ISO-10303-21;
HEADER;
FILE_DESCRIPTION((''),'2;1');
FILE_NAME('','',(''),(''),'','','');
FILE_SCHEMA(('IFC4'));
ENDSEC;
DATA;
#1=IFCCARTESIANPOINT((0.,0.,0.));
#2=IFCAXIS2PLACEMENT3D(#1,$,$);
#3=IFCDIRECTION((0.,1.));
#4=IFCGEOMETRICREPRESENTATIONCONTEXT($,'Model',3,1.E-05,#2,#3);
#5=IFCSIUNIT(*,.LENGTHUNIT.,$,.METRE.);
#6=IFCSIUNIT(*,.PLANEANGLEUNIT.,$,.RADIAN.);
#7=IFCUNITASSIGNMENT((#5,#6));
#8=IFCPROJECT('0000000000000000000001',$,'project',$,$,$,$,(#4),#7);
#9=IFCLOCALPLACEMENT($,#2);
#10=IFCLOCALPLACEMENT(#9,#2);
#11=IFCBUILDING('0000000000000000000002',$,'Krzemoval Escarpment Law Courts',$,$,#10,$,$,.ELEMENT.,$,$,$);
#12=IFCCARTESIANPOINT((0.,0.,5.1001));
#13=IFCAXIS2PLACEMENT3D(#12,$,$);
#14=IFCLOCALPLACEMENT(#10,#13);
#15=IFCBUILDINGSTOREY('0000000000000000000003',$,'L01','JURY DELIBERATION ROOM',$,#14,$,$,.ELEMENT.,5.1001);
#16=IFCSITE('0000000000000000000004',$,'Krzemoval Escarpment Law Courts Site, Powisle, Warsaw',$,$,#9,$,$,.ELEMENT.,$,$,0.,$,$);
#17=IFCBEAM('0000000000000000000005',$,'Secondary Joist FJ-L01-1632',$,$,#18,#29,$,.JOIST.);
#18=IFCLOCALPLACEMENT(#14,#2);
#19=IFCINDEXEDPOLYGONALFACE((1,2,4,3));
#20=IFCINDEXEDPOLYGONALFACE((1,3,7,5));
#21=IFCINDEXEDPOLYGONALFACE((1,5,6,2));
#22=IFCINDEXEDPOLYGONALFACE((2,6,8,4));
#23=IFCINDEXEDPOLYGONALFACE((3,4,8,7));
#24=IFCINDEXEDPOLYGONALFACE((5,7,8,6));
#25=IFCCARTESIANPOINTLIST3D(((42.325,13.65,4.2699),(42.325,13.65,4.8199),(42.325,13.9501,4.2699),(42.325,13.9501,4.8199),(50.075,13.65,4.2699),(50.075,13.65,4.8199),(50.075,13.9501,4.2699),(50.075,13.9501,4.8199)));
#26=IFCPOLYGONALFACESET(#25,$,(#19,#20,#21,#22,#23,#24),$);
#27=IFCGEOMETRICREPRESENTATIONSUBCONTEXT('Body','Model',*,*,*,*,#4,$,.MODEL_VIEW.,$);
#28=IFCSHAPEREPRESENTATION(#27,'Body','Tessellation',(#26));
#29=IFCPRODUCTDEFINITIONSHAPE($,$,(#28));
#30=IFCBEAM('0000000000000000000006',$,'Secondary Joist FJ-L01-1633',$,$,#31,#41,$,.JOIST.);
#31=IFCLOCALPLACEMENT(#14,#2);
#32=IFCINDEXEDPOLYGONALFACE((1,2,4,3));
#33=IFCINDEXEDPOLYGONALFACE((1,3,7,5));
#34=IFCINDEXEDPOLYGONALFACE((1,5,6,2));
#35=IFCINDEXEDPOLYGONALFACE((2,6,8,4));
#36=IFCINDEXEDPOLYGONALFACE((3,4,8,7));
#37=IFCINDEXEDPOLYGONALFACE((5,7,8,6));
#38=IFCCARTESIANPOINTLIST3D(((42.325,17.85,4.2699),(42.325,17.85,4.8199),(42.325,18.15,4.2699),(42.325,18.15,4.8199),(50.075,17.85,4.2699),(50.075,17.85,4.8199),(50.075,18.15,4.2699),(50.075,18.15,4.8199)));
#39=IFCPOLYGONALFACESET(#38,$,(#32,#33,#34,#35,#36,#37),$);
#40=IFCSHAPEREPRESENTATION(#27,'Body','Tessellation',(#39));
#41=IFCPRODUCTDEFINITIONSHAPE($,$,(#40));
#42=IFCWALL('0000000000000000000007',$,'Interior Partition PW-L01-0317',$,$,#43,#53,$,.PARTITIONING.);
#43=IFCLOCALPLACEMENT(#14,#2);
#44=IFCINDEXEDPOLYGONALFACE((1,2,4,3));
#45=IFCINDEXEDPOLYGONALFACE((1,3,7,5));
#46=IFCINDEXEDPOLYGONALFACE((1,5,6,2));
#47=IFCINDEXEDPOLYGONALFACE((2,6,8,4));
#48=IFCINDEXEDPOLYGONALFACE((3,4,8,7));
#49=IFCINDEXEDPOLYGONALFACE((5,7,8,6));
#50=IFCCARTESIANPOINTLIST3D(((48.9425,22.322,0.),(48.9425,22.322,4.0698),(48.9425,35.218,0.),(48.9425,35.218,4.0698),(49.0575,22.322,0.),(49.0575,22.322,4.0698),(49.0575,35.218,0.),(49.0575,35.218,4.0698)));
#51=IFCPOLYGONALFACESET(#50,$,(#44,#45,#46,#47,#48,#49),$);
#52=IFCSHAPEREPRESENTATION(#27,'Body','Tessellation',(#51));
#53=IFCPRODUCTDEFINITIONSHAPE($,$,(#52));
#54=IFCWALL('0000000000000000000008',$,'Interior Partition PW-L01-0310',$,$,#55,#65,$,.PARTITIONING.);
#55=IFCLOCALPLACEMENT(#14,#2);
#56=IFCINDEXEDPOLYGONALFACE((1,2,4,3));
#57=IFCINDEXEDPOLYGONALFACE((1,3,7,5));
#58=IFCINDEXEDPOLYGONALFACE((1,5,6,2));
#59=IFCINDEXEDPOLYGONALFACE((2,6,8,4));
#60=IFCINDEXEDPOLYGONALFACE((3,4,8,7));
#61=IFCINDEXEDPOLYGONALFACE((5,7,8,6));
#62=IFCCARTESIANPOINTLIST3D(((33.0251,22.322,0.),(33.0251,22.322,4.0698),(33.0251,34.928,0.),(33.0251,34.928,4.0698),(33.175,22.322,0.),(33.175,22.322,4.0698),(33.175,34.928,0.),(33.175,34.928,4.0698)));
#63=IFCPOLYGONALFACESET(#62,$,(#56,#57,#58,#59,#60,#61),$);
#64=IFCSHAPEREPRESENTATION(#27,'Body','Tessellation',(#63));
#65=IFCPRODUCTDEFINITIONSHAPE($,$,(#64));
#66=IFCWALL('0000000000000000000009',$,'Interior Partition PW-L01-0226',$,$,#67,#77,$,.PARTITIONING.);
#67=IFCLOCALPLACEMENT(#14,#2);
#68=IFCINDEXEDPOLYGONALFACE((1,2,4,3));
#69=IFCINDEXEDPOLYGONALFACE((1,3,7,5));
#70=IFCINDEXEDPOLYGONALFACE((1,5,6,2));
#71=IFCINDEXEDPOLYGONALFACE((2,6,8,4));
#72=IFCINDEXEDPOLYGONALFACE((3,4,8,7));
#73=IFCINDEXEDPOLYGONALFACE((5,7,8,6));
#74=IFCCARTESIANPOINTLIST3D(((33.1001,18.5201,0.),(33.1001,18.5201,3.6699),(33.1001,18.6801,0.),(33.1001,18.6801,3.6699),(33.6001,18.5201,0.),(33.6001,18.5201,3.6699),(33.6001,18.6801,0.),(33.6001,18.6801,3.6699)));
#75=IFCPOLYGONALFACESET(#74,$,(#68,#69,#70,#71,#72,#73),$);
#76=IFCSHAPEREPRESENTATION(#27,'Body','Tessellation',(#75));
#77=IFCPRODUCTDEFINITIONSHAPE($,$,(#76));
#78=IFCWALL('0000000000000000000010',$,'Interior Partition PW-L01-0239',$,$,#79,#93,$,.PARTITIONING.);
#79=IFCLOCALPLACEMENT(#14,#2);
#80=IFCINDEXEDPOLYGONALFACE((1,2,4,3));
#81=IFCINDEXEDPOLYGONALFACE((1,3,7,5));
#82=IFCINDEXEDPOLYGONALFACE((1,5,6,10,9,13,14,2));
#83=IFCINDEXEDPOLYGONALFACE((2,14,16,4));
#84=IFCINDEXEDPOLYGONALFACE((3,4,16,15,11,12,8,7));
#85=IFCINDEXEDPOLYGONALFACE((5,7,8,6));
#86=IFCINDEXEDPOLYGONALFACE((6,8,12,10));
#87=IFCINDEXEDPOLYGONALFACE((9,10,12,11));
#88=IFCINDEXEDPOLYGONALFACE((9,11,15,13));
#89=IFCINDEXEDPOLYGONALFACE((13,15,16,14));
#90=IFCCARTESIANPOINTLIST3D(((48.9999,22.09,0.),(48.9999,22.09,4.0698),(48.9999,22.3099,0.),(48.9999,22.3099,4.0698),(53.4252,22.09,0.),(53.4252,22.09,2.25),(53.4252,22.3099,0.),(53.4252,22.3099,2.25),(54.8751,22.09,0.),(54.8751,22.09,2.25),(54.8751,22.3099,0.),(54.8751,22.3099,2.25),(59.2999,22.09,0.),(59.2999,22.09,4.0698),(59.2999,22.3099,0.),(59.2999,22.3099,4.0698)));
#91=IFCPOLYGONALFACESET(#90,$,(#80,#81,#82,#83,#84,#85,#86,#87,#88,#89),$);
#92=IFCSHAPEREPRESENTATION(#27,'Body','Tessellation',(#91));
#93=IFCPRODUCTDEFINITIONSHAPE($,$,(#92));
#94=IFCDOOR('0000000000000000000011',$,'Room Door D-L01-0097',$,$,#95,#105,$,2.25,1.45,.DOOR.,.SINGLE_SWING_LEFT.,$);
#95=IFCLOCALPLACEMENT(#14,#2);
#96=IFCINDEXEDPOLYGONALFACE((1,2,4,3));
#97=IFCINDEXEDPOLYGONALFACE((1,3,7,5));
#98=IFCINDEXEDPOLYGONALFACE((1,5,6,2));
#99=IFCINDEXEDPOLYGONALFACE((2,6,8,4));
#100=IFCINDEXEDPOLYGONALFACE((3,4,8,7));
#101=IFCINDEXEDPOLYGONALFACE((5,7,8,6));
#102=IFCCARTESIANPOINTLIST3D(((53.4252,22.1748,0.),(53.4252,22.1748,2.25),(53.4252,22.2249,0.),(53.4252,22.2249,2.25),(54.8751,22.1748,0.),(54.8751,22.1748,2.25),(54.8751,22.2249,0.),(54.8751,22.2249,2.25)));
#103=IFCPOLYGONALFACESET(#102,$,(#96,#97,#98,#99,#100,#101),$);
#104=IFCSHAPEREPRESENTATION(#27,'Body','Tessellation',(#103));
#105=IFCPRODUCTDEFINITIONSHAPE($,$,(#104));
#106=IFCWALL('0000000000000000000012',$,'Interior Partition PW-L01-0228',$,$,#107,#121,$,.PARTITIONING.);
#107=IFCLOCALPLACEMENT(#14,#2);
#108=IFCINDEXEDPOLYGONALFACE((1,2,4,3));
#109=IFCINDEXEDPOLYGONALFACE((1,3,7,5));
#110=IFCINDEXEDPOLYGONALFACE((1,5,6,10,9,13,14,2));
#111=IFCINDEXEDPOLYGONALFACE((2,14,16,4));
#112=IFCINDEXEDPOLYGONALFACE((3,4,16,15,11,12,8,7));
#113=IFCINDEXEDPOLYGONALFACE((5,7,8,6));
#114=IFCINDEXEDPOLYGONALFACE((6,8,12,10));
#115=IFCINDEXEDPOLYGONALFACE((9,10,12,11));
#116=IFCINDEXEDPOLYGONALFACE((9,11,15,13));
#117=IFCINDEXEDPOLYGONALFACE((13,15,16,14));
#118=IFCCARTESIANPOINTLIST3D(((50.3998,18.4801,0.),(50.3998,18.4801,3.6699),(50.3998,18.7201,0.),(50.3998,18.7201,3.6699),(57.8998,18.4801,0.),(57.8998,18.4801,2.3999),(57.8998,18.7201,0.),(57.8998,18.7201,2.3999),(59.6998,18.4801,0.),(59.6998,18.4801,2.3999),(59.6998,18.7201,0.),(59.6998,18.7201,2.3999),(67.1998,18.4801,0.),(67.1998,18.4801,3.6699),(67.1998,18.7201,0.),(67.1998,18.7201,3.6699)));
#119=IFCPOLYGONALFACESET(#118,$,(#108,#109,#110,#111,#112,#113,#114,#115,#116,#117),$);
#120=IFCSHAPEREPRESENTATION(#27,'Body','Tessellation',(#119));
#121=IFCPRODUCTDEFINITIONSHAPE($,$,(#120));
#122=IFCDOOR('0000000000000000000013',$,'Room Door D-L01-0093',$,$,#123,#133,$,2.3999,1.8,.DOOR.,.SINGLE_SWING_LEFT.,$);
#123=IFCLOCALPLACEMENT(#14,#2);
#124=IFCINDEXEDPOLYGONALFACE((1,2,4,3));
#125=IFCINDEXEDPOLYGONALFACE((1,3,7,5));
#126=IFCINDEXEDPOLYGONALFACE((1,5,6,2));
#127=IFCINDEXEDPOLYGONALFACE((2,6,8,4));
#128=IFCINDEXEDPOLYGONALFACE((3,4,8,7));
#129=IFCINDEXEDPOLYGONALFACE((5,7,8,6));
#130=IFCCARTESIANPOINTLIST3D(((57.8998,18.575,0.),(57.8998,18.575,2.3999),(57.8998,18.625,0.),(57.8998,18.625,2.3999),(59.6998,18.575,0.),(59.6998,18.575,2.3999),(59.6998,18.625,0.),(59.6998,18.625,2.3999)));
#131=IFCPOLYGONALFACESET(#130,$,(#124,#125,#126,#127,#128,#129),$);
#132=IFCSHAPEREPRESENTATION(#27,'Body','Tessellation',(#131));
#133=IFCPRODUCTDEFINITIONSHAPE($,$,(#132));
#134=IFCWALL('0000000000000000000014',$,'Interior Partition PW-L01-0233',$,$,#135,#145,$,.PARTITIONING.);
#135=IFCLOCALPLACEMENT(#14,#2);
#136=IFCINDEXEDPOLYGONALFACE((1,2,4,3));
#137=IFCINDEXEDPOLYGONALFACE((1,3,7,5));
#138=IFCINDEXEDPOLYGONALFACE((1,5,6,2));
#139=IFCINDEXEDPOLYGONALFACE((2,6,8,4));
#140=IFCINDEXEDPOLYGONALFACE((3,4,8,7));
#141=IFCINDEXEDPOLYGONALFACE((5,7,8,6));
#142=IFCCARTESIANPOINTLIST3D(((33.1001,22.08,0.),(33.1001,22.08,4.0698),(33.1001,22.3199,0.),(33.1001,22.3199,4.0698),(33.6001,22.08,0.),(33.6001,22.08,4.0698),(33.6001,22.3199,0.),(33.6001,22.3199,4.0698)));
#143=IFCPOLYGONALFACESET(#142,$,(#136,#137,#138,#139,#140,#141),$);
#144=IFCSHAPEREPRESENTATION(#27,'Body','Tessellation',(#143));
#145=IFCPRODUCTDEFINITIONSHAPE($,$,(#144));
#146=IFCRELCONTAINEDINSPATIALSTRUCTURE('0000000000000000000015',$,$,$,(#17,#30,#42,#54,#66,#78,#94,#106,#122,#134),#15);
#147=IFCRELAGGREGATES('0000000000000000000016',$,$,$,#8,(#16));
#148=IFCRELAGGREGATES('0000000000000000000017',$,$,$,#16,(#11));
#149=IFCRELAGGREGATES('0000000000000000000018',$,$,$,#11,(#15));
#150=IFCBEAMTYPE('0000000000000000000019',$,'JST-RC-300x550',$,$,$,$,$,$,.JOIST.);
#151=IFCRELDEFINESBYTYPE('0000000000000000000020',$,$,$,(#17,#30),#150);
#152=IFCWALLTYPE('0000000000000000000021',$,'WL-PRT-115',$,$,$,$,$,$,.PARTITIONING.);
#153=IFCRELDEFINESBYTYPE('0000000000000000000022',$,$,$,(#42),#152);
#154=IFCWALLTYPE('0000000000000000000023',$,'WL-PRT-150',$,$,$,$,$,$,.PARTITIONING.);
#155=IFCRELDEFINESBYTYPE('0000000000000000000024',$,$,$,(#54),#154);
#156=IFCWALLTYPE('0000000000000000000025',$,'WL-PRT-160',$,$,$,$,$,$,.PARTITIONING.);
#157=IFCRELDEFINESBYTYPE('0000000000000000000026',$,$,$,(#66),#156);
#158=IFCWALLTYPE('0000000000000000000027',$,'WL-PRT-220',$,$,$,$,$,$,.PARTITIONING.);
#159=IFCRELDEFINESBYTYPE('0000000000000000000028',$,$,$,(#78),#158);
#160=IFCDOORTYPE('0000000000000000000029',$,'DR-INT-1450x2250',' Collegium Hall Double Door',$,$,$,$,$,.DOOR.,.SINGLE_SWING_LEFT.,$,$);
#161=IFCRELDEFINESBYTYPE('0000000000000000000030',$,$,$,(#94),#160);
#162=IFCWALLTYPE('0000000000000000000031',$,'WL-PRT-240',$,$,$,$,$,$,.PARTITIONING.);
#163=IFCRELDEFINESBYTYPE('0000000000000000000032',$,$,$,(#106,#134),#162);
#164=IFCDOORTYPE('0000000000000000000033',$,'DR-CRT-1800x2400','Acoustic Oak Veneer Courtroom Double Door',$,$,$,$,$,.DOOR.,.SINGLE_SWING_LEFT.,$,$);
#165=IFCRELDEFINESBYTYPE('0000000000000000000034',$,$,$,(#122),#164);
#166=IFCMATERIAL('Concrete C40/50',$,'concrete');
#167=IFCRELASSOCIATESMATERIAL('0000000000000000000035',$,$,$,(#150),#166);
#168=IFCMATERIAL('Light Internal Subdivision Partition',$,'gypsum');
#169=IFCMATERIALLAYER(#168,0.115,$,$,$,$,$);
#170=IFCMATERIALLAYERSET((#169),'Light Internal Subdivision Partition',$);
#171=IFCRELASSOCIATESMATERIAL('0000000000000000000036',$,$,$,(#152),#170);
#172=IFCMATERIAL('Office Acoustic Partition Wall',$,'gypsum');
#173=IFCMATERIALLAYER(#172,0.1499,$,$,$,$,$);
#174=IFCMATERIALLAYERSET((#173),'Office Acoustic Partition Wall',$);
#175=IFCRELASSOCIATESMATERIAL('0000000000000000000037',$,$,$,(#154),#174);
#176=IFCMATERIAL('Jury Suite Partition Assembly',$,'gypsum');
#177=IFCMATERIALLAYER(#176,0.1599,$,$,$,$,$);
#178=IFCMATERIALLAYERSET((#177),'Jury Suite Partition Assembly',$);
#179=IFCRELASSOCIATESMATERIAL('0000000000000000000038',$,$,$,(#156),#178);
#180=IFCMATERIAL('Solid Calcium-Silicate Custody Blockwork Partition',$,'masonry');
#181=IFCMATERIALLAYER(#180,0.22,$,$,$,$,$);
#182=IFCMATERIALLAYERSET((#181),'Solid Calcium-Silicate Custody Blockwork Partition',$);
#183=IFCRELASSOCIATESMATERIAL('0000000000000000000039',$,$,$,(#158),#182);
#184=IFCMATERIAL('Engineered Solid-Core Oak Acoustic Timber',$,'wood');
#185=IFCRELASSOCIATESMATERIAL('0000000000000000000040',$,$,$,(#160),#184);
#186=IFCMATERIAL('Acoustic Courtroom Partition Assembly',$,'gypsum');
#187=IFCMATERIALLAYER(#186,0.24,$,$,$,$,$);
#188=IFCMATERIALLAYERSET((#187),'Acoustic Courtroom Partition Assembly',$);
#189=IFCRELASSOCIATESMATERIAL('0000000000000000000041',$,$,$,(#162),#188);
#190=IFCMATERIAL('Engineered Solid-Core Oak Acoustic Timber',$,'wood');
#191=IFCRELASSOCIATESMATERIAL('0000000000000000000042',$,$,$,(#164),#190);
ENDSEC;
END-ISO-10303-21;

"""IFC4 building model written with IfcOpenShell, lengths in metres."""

from ifc_helpers import new_model, si_unit, direction, frame, frame_2d, origin, origin_2d, place, context, subcontext, project, spatial, rectangle, extrude, material, layer, layer_set, material_profile, profile_set, type_object, element, fill, save


model = new_model("IFC4")

# Units and contexts
model_context = context("Model", 3, precision=1e-05, world=origin(), true_north=direction((0.0, 1.0)))
body_context = subcontext(model_context, "Body", "Model", "MODEL_VIEW")
ifc_project = project(units=[si_unit("LENGTHUNIT", "METRE"), si_unit("PLANEANGLEUNIT", "RADIAN")], contexts=[model_context])

# Site, building, storey
site_placement = place(None, origin())
site = spatial("IfcSite", under=ifc_project, at=site_placement, Name="Krzemoval Escarpment Law Courts Site, Powisle, Warsaw", CompositionType="ELEMENT", RefElevation=0.0)
building_placement = place(site_placement, origin())
building = spatial("IfcBuilding", under=site, at=building_placement, Name="Krzemoval Escarpment Law Courts", CompositionType="ELEMENT")
storey_placement = place(building_placement, frame((0.0, 0.0, 5.1001)))
storey = spatial("IfcBuildingStorey", under=building, at=storey_placement, Name="L01", Description="JURY DELIBERATION ROOM", CompositionType="ELEMENT", Elevation=5.1001)

# Beams
ifc_material_1 = material(Name="Concrete C40/50", Category="concrete")
ifc_material_profile_1 = material_profile(ifc_material_1, rectangle(XDim=0.3, YDim=0.55, at=origin_2d()), Name="RCB 300x550")
ifc_profile_set_1 = profile_set([ifc_material_profile_1], Name="Concrete C40/50")
beam_type_1 = type_object("IfcBeamType", Name="JST-RC-300x550", PredefinedType="JOIST", material=ifc_profile_set_1)
for number, where, z_axis, x_axis, name in (
    (1, (42.325, 13.8, 4.5449), (1.0, 0.0, 0.0), (0.0, 1.0, 0.0), "Secondary Joist FJ-L01-1632"),
    (2, (42.325, 18.0, 4.5449), (1.0, 0.0, 0.0), (0.0, 1.0, 0.0), "Secondary Joist FJ-L01-1633"),
):
    element("IfcBeam", number, at=place(storey_placement, frame(where, z_axis=z_axis, x_axis=x_axis)), inside=storey, type_object=beam_type_1, Name=name, PredefinedType="JOIST", context=body_context, shape_type="SweptSolid", body=[
        extrude(rectangle(XDim=0.3, YDim=0.55, at=origin_2d()), origin(), (0.0, 0.0, 1.0), 7.75),
    ])

# Walls
ifc_material_2 = material(Name="Light Internal Subdivision Partition", Category="gypsum")
ifc_layer_1 = layer(ifc_material_2, 0.115)
ifc_layer_set_1 = layer_set([ifc_layer_1], Name="Light Internal Subdivision Partition")
wall_type_1 = type_object("IfcWallType", Name="WL-PRT-115", PredefinedType="PARTITIONING", material=ifc_layer_set_1)
wall_1_placement = place(storey_placement, frame((49.0, 22.322, 0.0), z_axis=(0.0, 0.0, 1.0), x_axis=(0.0, 1.0, 0.0)))
element("IfcWall", 3, at=wall_1_placement, inside=storey, type_object=wall_type_1, Name="Interior Partition PW-L01-0317", PredefinedType="PARTITIONING", context=body_context, shape_type="SweptSolid", body=[
    extrude(rectangle(XDim=12.896, YDim=0.115, at=frame_2d((6.448, 0.0))), origin(), (0.0, 0.0, 1.0), 4.0698),
])
ifc_material_3 = material(Name="Office Acoustic Partition Wall", Category="gypsum")
ifc_layer_2 = layer(ifc_material_3, 0.1499)
ifc_layer_set_2 = layer_set([ifc_layer_2], Name="Office Acoustic Partition Wall")
wall_type_2 = type_object("IfcWallType", Name="WL-PRT-150", PredefinedType="PARTITIONING", material=ifc_layer_set_2)
wall_2_placement = place(storey_placement, frame((33.1001, 22.322, 0.0), z_axis=(0.0, 0.0, 1.0), x_axis=(0.0, 1.0, 0.0)))
element("IfcWall", 4, at=wall_2_placement, inside=storey, type_object=wall_type_2, Name="Interior Partition PW-L01-0310", PredefinedType="PARTITIONING", context=body_context, shape_type="SweptSolid", body=[
    extrude(rectangle(XDim=12.606, YDim=0.1499, at=frame_2d((6.303, 0.0))), origin(), (0.0, 0.0, 1.0), 4.0698),
])
ifc_material_4 = material(Name="Jury Suite Partition Assembly", Category="gypsum")
ifc_layer_3 = layer(ifc_material_4, 0.1599)
ifc_layer_set_3 = layer_set([ifc_layer_3], Name="Jury Suite Partition Assembly")
wall_type_3 = type_object("IfcWallType", Name="WL-PRT-160", PredefinedType="PARTITIONING", material=ifc_layer_set_3)
wall_3_placement = place(storey_placement, frame((33.1001, 18.6001, 0.0), z_axis=(0.0, 0.0, 1.0), x_axis=(1.0, 0.0, 0.0)))
element("IfcWall", 5, at=wall_3_placement, inside=storey, type_object=wall_type_3, Name="Interior Partition PW-L01-0226", PredefinedType="PARTITIONING", context=body_context, shape_type="SweptSolid", body=[
    extrude(rectangle(XDim=0.5, YDim=0.1599, at=frame_2d((0.25, 0.0))), origin(), (0.0, 0.0, 1.0), 3.6699),
])

# Walls, openings, doors
ifc_material_5 = material(Name="Solid Calcium-Silicate Custody Blockwork Partition", Category="masonry")
ifc_layer_4 = layer(ifc_material_5, 0.22)
ifc_layer_set_4 = layer_set([ifc_layer_4], Name="Solid Calcium-Silicate Custody Blockwork Partition")
wall_type_4 = type_object("IfcWallType", Name="WL-PRT-220", PredefinedType="PARTITIONING", material=ifc_layer_set_4)
wall_4_placement = place(storey_placement, frame((49.0, 22.2, 0.0), z_axis=(0.0, 0.0, 1.0), x_axis=(1.0, 0.0, 0.0)))
wall_4 = element("IfcWall", 6, at=wall_4_placement, inside=storey, type_object=wall_type_4, Name="Interior Partition PW-L01-0239", PredefinedType="PARTITIONING", context=body_context, shape_type="SweptSolid", body=[
    extrude(rectangle(XDim=10.3, YDim=0.22, at=frame_2d((5.1499, 0.0))), origin(), (0.0, 0.0, 1.0), 4.0698),
])
opening_1_placement = place(wall_4_placement, frame((4.425, 0.0, 0.0)))
opening_1 = element("IfcOpeningElement", 7, at=opening_1_placement, cuts=wall_4, PredefinedType="OPENING", context=body_context, shape_type="SweptSolid", body=[
    extrude(rectangle(XDim=1.45, YDim=2.25, at=frame_2d((0.7251, 1.125))), frame((0.0, 0.125, 0.0), z_axis=(0.0, -1.0, 0.0), x_axis=(1.0, 0.0, 0.0)), (0.0, 0.0, 1.0), 0.25),
])
ifc_material_6 = material(Name="Engineered Solid-Core Oak Acoustic Timber", Category="wood")
door_type_1 = type_object("IfcDoorType", Name="DR-INT-1450x2250", Description=" Collegium Hall Double Door", OperationType="SINGLE_SWING_LEFT", PredefinedType="DOOR", material=ifc_material_6)
door_1_placement = place(opening_1_placement, origin())
door_1 = element("IfcDoor", 8, at=door_1_placement, inside=storey, type_object=door_type_1, Name="Room Door D-L01-0097", OperationType="SINGLE_SWING_LEFT", OverallHeight=2.25, OverallWidth=1.45, PredefinedType="DOOR", context=body_context, shape_type="SweptSolid", body=[
    extrude(rectangle(XDim=1.45, YDim=2.25, at=frame_2d((0.7251, 1.125))), frame((0.0, 0.0249, 0.0), z_axis=(0.0, -1.0, 0.0), x_axis=(1.0, 0.0, 0.0)), (0.0, 0.0, 1.0), 0.05),
])
fill(opening_1, door_1)
ifc_material_7 = material(Name="Acoustic Courtroom Partition Assembly", Category="gypsum")
ifc_layer_5 = layer(ifc_material_7, 0.24)
ifc_layer_set_5 = layer_set([ifc_layer_5], Name="Acoustic Courtroom Partition Assembly")
wall_type_5 = type_object("IfcWallType", Name="WL-PRT-240", PredefinedType="PARTITIONING", material=ifc_layer_set_5)
wall_5_placement = place(storey_placement, frame((50.3999, 18.6001, 0.0), z_axis=(0.0, 0.0, 1.0), x_axis=(1.0, 0.0, 0.0)))
wall_5 = element("IfcWall", 9, at=wall_5_placement, inside=storey, type_object=wall_type_5, Name="Interior Partition PW-L01-0228", PredefinedType="PARTITIONING", context=body_context, shape_type="SweptSolid", body=[
    extrude(rectangle(XDim=16.8, YDim=0.24, at=frame_2d((8.3999, 0.0))), origin(), (0.0, 0.0, 1.0), 3.6699),
])
opening_2_placement = place(wall_5_placement, frame((7.5, 0.0, 0.0)))
opening_2 = element("IfcOpeningElement", 10, at=opening_2_placement, cuts=wall_5, PredefinedType="OPENING", context=body_context, shape_type="SweptSolid", body=[
    extrude(rectangle(XDim=1.8, YDim=2.3999, at=frame_2d((0.8999, 1.2))), frame((0.0, 0.135, 0.0), z_axis=(0.0, -1.0, 0.0), x_axis=(1.0, 0.0, 0.0)), (0.0, 0.0, 1.0), 0.27),
])
ifc_material_8 = material(Name="Engineered Solid-Core Oak Acoustic Timber", Category="wood")
door_type_2 = type_object("IfcDoorType", Name="DR-CRT-1800x2400", Description="Acoustic Oak Veneer Courtroom Double Door", OperationType="SINGLE_SWING_LEFT", PredefinedType="DOOR", material=ifc_material_8)
door_2_placement = place(opening_2_placement, origin())
door_2 = element("IfcDoor", 11, at=door_2_placement, inside=storey, type_object=door_type_2, Name="Room Door D-L01-0093", OperationType="SINGLE_SWING_LEFT", OverallHeight=2.3999, OverallWidth=1.8, PredefinedType="DOOR", context=body_context, shape_type="SweptSolid", body=[
    extrude(rectangle(XDim=1.8, YDim=2.3999, at=frame_2d((0.8999, 1.2))), frame((0.0, 0.0249, 0.0), z_axis=(0.0, -1.0, 0.0), x_axis=(1.0, 0.0, 0.0)), (0.0, 0.0, 1.0), 0.05),
])
fill(opening_2, door_2)

# Wall
wall_6_placement = place(storey_placement, frame((33.1001, 22.2, 0.0), z_axis=(0.0, 0.0, 1.0), x_axis=(1.0, 0.0, 0.0)))
element("IfcWall", 12, at=wall_6_placement, inside=storey, type_object=wall_type_5, Name="Interior Partition PW-L01-0233", PredefinedType="PARTITIONING", context=body_context, shape_type="SweptSolid", body=[
    extrude(rectangle(XDim=0.5, YDim=0.24, at=frame_2d((0.25, 0.0))), origin(), (0.0, 0.0, 1.0), 4.0698),
])

save(model, "model.ifc")
